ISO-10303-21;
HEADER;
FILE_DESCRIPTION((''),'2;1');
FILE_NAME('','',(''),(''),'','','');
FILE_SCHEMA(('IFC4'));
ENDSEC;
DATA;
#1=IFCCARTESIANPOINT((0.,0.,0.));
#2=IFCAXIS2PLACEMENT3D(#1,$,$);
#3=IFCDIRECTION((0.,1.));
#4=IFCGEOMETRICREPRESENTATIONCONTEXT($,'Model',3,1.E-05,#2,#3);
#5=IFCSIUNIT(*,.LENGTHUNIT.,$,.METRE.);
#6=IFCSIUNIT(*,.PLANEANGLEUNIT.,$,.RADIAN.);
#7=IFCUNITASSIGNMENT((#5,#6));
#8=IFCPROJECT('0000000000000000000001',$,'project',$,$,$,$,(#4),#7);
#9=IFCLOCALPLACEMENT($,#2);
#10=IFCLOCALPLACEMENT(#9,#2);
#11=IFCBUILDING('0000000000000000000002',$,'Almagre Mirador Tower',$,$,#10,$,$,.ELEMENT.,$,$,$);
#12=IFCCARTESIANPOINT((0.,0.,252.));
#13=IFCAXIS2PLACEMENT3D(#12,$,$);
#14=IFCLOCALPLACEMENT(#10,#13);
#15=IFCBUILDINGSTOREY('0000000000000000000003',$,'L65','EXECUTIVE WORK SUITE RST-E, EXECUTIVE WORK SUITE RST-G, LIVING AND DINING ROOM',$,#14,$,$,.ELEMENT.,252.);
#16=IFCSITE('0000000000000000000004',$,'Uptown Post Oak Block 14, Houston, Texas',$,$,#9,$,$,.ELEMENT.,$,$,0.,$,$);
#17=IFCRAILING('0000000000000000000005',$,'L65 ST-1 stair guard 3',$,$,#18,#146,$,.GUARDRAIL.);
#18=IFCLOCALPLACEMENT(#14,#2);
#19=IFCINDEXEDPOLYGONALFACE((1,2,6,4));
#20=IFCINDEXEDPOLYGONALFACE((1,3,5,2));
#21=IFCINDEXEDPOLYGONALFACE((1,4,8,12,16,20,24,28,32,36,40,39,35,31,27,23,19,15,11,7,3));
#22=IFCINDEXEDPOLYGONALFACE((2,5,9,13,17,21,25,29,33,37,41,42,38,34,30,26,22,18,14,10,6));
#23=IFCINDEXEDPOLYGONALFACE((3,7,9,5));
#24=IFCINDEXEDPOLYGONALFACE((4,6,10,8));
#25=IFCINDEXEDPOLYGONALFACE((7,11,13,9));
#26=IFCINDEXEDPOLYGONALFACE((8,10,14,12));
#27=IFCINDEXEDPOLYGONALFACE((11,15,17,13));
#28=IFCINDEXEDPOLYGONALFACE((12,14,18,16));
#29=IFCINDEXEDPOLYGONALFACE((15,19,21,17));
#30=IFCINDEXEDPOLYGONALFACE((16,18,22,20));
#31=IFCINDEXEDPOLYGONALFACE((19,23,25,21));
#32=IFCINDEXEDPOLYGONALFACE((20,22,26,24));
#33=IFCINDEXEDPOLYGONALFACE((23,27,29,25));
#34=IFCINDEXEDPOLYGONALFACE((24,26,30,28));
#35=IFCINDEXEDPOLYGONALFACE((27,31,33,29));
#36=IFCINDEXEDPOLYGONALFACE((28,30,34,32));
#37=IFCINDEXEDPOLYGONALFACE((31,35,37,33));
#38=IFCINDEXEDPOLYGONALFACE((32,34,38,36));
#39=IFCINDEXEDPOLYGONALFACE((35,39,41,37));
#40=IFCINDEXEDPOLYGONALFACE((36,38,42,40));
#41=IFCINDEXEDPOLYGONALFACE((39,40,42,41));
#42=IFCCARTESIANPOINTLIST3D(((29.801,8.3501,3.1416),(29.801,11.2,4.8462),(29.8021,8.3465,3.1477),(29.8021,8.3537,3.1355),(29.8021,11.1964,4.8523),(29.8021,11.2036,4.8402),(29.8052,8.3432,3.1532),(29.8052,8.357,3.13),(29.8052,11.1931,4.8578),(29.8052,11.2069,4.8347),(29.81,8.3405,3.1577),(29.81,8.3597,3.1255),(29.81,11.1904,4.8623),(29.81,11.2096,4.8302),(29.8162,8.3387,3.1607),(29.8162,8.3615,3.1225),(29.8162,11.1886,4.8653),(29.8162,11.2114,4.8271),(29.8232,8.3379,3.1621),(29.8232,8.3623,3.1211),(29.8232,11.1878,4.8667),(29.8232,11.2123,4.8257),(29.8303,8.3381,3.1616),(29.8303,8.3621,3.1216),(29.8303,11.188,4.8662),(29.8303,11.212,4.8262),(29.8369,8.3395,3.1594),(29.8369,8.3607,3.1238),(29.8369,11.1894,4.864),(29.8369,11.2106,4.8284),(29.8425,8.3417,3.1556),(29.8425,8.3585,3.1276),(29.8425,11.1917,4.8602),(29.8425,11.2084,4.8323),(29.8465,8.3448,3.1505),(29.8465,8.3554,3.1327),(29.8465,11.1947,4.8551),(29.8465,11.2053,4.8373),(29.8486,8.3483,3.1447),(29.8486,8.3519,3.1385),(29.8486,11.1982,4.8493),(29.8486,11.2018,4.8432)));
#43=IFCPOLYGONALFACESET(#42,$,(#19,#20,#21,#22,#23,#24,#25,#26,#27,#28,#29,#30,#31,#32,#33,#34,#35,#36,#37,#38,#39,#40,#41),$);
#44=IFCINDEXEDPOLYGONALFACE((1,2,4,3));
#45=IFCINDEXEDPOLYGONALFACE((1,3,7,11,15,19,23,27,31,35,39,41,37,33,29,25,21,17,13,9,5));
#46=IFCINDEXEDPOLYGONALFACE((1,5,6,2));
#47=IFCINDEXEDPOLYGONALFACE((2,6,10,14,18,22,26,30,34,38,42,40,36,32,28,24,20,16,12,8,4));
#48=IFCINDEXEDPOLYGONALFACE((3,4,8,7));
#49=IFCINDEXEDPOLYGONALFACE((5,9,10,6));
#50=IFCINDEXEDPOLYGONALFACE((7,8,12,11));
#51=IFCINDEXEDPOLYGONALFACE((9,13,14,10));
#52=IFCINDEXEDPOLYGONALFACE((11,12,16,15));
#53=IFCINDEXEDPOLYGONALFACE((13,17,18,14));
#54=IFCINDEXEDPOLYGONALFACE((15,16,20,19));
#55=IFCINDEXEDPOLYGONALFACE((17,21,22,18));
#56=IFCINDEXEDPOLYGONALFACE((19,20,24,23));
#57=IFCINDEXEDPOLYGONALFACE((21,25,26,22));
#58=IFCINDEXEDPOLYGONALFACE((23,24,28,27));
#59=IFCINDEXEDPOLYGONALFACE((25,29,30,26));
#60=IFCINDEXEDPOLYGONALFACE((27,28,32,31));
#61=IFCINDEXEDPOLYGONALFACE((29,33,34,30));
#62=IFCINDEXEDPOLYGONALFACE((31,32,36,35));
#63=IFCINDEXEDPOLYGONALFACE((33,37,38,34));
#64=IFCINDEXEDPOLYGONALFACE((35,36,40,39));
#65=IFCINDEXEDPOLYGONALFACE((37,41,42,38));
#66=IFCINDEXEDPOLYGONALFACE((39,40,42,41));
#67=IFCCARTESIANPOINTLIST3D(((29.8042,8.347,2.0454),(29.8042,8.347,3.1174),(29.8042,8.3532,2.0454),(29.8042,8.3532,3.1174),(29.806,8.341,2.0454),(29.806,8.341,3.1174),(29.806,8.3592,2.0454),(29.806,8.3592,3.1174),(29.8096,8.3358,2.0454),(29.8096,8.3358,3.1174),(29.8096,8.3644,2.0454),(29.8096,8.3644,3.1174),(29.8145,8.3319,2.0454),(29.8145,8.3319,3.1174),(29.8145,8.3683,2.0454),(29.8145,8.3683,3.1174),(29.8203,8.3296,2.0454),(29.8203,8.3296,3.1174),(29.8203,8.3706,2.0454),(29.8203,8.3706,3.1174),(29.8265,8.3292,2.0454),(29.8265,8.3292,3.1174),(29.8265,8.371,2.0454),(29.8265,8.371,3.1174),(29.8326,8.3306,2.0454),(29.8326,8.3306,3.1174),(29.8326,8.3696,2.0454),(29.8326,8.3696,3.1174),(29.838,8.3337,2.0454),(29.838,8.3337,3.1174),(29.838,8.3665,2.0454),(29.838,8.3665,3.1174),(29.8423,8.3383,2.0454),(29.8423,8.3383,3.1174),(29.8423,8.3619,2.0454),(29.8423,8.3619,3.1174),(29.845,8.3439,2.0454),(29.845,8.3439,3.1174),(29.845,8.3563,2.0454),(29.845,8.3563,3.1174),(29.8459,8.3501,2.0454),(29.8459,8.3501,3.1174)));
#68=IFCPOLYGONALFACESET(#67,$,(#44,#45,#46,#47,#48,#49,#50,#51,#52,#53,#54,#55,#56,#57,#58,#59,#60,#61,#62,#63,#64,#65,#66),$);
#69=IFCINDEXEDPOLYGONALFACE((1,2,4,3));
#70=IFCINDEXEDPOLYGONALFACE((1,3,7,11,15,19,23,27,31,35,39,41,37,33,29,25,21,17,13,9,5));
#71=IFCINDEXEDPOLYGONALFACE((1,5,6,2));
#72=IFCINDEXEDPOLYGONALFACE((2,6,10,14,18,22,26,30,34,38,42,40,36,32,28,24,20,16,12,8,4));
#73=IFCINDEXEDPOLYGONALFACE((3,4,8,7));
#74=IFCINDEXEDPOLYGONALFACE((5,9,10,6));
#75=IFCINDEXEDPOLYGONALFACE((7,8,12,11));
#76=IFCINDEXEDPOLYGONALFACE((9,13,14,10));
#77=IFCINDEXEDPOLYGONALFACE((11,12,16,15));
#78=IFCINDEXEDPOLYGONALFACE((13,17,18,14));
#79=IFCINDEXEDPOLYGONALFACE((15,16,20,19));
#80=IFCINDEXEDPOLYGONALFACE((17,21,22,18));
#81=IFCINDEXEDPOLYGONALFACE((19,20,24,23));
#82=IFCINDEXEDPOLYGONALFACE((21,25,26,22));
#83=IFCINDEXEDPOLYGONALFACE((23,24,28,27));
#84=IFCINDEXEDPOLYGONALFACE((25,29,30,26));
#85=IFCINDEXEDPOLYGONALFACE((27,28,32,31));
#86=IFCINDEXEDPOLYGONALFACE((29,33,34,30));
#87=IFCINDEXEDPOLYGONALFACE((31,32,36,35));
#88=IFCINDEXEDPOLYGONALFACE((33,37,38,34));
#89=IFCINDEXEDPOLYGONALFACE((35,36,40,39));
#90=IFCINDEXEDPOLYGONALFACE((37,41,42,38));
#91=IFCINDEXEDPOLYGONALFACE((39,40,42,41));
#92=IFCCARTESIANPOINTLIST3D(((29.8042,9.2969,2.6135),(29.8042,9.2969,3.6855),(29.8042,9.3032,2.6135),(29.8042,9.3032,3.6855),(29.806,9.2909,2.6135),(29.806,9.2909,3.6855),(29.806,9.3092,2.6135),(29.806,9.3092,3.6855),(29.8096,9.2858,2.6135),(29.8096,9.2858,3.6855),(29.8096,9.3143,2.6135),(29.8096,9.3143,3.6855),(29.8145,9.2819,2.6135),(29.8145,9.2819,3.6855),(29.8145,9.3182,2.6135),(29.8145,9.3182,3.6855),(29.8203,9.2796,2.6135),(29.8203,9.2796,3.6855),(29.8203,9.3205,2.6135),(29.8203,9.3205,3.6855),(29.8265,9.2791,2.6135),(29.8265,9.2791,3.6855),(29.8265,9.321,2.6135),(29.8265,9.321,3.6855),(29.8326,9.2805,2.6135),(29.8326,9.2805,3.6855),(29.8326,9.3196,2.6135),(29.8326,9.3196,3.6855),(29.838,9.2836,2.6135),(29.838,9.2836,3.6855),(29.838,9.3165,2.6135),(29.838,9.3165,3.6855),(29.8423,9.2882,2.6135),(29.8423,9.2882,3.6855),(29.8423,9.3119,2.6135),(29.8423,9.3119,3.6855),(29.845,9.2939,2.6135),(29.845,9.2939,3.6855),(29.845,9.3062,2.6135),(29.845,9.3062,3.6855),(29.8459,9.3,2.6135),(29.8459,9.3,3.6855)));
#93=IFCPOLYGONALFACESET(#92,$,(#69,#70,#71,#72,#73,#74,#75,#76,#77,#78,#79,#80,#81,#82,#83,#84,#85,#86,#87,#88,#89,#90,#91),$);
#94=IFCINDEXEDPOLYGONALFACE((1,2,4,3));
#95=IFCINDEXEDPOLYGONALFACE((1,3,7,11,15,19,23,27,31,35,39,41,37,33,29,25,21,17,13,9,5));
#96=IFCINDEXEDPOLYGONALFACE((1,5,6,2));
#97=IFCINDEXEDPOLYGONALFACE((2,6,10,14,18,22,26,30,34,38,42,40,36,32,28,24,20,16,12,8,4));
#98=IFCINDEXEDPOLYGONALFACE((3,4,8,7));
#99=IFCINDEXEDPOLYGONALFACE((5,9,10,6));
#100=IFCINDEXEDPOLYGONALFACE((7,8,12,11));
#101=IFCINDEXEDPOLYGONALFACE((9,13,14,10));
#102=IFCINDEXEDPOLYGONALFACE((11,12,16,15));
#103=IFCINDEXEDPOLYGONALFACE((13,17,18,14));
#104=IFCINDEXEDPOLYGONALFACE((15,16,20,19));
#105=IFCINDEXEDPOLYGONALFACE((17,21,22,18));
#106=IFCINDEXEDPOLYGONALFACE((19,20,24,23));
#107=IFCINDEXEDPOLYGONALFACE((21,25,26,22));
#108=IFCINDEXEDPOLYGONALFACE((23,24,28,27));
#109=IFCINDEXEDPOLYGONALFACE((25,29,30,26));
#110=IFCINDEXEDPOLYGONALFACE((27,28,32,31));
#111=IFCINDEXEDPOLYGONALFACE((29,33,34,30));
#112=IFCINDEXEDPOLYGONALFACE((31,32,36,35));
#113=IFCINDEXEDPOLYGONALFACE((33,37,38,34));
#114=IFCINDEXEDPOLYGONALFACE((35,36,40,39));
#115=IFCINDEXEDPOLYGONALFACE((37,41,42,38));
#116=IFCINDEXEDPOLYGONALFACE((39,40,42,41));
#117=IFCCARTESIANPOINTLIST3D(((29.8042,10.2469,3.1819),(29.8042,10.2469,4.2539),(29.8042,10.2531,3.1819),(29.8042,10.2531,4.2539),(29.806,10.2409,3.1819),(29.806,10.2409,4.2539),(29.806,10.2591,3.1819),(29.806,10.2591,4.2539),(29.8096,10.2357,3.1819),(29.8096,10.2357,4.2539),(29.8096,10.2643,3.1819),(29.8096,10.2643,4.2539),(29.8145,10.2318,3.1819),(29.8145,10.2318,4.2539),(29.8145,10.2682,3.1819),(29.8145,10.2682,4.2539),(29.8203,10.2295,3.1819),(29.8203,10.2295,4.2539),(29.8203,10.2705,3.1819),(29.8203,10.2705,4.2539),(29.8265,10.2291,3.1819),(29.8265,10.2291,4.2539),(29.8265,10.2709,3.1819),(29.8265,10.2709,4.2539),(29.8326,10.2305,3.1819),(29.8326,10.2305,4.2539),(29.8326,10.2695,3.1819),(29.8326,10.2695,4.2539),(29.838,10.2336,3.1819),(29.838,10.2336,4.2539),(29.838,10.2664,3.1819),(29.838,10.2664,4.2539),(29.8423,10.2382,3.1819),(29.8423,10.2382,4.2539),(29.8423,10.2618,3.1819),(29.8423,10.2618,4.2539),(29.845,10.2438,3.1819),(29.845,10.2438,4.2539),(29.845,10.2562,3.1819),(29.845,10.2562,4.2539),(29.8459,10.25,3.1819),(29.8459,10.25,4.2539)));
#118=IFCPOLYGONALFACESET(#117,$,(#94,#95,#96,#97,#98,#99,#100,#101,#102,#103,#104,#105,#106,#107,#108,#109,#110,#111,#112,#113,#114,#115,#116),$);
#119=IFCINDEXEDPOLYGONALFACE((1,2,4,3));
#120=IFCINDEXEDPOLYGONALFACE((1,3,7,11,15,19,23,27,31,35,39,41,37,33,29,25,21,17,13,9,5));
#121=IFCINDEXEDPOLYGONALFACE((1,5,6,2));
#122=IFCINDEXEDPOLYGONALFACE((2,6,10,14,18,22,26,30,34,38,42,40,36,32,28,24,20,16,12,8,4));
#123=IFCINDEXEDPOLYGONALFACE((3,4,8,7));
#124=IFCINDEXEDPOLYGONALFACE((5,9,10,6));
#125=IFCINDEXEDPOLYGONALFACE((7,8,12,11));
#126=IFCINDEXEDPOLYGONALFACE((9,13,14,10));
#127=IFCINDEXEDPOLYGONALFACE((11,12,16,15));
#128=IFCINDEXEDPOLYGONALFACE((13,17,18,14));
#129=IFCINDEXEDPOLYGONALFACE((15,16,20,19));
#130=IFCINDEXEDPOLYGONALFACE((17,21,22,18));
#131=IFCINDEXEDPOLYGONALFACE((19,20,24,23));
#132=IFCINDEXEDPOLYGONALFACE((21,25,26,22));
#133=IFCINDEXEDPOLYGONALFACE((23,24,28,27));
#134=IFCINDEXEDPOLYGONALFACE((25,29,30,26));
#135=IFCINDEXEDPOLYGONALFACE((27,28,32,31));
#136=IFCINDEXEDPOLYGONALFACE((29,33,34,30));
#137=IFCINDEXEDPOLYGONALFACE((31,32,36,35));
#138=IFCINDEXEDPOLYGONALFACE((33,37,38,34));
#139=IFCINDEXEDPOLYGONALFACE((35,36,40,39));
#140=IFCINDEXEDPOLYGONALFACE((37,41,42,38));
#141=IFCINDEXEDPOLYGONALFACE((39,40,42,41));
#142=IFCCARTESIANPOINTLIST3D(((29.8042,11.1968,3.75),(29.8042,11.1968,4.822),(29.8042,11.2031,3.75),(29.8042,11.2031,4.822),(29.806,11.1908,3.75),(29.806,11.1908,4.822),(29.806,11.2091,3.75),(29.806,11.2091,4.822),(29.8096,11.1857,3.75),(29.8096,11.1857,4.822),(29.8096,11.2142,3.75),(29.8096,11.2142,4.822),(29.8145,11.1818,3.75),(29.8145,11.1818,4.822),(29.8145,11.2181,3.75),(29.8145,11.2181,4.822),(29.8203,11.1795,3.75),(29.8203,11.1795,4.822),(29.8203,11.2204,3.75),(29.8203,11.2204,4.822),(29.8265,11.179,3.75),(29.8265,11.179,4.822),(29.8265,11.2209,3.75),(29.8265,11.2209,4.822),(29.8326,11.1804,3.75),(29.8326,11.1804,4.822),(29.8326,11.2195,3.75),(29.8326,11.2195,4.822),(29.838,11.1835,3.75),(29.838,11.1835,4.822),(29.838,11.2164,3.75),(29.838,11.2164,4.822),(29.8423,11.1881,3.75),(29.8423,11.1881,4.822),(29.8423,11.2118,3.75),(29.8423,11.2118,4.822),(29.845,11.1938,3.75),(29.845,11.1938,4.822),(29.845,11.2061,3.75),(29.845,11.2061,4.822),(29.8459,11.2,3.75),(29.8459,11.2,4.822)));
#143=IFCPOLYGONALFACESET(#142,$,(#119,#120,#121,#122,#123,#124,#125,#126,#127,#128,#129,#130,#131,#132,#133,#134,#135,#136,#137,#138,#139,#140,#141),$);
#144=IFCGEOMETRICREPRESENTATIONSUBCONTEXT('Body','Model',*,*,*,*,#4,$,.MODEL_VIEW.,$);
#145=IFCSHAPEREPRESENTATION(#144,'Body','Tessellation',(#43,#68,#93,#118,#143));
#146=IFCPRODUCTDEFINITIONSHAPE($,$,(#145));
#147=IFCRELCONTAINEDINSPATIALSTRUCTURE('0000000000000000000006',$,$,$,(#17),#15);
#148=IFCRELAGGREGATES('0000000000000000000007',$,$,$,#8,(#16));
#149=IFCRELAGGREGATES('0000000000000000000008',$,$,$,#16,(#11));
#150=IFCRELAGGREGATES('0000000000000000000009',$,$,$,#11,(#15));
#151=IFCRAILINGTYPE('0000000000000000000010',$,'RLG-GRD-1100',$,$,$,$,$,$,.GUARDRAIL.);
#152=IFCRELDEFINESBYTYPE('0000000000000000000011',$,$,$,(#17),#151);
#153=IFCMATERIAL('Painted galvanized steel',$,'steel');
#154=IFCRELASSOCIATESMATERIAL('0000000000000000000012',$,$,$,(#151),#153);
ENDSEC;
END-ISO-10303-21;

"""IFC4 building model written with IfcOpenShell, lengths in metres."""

from ifc_helpers import new_model, si_unit, direction, frame, origin, origin_2d, place, context, subcontext, project, spatial, circle, extrude, material, type_object, element, save


model = new_model("IFC4")

# Units and contexts
model_context = context("Model", 3, precision=1e-05, world=origin(), true_north=direction((0.0, 1.0)))
body_context = subcontext(model_context, "Body", "Model", "MODEL_VIEW")
ifc_project = project(units=[si_unit("LENGTHUNIT", "METRE"), si_unit("PLANEANGLEUNIT", "RADIAN")], contexts=[model_context])

# Site, building, storey
site_placement = place(None, origin())
site = spatial("IfcSite", under=ifc_project, at=site_placement, Name="Uptown Post Oak Block 14, Houston, Texas", CompositionType="ELEMENT", RefElevation=0.0)
building_placement = place(site_placement, origin())
building = spatial("IfcBuilding", under=site, at=building_placement, Name="Almagre Mirador Tower", CompositionType="ELEMENT")
storey_placement = place(building_placement, frame((0.0, 0.0, 252.0)))
storey = spatial("IfcBuildingStorey", under=building, at=storey_placement, Name="L65", Description="EXECUTIVE WORK SUITE RST-E, EXECUTIVE WORK SUITE RST-G, LIVING AND DINING ROOM", CompositionType="ELEMENT", Elevation=252.0)

# Railing
ifc_material_1 = material(Name="Painted galvanized steel", Category="steel")
railing_type_1 = type_object("IfcRailingType", Name="RLG-GRD-1100", PredefinedType="GUARDRAIL", material=ifc_material_1)
railing_1_placement = place(storey_placement, frame((29.825, 8.3501, 2.0454)))
element("IfcRailing", 1, at=railing_1_placement, inside=storey, type_object=railing_type_1, Name="L65 ST-1 stair guard 3", PredefinedType="GUARDRAIL", context=body_context, shape_type="SweptSolid", body=[
    extrude(circle(Radius=0.0239, at=origin_2d()), frame((0.0, 0.0, 1.0962), z_axis=(0.0, 0.858199, 0.513317), x_axis=(-1.0, 0.0, 0.0)), (0.0, 0.0, 1.0), 3.3208),
    extrude(circle(Radius=0.021, at=origin_2d()), origin(), (0.0, 0.0, 1.0), 1.072),
    extrude(circle(Radius=0.021, at=origin_2d()), frame((0.0, 0.95, 0.5681)), (0.0, 0.0, 1.0), 1.072),
    extrude(circle(Radius=0.021, at=origin_2d()), frame((0.0, 1.8999, 1.1365)), (0.0, 0.0, 1.0), 1.072),
    extrude(circle(Radius=0.021, at=origin_2d()), frame((0.0, 2.8499, 1.7046)), (0.0, 0.0, 1.0), 1.072),
])

save(model, "model.ifc")
